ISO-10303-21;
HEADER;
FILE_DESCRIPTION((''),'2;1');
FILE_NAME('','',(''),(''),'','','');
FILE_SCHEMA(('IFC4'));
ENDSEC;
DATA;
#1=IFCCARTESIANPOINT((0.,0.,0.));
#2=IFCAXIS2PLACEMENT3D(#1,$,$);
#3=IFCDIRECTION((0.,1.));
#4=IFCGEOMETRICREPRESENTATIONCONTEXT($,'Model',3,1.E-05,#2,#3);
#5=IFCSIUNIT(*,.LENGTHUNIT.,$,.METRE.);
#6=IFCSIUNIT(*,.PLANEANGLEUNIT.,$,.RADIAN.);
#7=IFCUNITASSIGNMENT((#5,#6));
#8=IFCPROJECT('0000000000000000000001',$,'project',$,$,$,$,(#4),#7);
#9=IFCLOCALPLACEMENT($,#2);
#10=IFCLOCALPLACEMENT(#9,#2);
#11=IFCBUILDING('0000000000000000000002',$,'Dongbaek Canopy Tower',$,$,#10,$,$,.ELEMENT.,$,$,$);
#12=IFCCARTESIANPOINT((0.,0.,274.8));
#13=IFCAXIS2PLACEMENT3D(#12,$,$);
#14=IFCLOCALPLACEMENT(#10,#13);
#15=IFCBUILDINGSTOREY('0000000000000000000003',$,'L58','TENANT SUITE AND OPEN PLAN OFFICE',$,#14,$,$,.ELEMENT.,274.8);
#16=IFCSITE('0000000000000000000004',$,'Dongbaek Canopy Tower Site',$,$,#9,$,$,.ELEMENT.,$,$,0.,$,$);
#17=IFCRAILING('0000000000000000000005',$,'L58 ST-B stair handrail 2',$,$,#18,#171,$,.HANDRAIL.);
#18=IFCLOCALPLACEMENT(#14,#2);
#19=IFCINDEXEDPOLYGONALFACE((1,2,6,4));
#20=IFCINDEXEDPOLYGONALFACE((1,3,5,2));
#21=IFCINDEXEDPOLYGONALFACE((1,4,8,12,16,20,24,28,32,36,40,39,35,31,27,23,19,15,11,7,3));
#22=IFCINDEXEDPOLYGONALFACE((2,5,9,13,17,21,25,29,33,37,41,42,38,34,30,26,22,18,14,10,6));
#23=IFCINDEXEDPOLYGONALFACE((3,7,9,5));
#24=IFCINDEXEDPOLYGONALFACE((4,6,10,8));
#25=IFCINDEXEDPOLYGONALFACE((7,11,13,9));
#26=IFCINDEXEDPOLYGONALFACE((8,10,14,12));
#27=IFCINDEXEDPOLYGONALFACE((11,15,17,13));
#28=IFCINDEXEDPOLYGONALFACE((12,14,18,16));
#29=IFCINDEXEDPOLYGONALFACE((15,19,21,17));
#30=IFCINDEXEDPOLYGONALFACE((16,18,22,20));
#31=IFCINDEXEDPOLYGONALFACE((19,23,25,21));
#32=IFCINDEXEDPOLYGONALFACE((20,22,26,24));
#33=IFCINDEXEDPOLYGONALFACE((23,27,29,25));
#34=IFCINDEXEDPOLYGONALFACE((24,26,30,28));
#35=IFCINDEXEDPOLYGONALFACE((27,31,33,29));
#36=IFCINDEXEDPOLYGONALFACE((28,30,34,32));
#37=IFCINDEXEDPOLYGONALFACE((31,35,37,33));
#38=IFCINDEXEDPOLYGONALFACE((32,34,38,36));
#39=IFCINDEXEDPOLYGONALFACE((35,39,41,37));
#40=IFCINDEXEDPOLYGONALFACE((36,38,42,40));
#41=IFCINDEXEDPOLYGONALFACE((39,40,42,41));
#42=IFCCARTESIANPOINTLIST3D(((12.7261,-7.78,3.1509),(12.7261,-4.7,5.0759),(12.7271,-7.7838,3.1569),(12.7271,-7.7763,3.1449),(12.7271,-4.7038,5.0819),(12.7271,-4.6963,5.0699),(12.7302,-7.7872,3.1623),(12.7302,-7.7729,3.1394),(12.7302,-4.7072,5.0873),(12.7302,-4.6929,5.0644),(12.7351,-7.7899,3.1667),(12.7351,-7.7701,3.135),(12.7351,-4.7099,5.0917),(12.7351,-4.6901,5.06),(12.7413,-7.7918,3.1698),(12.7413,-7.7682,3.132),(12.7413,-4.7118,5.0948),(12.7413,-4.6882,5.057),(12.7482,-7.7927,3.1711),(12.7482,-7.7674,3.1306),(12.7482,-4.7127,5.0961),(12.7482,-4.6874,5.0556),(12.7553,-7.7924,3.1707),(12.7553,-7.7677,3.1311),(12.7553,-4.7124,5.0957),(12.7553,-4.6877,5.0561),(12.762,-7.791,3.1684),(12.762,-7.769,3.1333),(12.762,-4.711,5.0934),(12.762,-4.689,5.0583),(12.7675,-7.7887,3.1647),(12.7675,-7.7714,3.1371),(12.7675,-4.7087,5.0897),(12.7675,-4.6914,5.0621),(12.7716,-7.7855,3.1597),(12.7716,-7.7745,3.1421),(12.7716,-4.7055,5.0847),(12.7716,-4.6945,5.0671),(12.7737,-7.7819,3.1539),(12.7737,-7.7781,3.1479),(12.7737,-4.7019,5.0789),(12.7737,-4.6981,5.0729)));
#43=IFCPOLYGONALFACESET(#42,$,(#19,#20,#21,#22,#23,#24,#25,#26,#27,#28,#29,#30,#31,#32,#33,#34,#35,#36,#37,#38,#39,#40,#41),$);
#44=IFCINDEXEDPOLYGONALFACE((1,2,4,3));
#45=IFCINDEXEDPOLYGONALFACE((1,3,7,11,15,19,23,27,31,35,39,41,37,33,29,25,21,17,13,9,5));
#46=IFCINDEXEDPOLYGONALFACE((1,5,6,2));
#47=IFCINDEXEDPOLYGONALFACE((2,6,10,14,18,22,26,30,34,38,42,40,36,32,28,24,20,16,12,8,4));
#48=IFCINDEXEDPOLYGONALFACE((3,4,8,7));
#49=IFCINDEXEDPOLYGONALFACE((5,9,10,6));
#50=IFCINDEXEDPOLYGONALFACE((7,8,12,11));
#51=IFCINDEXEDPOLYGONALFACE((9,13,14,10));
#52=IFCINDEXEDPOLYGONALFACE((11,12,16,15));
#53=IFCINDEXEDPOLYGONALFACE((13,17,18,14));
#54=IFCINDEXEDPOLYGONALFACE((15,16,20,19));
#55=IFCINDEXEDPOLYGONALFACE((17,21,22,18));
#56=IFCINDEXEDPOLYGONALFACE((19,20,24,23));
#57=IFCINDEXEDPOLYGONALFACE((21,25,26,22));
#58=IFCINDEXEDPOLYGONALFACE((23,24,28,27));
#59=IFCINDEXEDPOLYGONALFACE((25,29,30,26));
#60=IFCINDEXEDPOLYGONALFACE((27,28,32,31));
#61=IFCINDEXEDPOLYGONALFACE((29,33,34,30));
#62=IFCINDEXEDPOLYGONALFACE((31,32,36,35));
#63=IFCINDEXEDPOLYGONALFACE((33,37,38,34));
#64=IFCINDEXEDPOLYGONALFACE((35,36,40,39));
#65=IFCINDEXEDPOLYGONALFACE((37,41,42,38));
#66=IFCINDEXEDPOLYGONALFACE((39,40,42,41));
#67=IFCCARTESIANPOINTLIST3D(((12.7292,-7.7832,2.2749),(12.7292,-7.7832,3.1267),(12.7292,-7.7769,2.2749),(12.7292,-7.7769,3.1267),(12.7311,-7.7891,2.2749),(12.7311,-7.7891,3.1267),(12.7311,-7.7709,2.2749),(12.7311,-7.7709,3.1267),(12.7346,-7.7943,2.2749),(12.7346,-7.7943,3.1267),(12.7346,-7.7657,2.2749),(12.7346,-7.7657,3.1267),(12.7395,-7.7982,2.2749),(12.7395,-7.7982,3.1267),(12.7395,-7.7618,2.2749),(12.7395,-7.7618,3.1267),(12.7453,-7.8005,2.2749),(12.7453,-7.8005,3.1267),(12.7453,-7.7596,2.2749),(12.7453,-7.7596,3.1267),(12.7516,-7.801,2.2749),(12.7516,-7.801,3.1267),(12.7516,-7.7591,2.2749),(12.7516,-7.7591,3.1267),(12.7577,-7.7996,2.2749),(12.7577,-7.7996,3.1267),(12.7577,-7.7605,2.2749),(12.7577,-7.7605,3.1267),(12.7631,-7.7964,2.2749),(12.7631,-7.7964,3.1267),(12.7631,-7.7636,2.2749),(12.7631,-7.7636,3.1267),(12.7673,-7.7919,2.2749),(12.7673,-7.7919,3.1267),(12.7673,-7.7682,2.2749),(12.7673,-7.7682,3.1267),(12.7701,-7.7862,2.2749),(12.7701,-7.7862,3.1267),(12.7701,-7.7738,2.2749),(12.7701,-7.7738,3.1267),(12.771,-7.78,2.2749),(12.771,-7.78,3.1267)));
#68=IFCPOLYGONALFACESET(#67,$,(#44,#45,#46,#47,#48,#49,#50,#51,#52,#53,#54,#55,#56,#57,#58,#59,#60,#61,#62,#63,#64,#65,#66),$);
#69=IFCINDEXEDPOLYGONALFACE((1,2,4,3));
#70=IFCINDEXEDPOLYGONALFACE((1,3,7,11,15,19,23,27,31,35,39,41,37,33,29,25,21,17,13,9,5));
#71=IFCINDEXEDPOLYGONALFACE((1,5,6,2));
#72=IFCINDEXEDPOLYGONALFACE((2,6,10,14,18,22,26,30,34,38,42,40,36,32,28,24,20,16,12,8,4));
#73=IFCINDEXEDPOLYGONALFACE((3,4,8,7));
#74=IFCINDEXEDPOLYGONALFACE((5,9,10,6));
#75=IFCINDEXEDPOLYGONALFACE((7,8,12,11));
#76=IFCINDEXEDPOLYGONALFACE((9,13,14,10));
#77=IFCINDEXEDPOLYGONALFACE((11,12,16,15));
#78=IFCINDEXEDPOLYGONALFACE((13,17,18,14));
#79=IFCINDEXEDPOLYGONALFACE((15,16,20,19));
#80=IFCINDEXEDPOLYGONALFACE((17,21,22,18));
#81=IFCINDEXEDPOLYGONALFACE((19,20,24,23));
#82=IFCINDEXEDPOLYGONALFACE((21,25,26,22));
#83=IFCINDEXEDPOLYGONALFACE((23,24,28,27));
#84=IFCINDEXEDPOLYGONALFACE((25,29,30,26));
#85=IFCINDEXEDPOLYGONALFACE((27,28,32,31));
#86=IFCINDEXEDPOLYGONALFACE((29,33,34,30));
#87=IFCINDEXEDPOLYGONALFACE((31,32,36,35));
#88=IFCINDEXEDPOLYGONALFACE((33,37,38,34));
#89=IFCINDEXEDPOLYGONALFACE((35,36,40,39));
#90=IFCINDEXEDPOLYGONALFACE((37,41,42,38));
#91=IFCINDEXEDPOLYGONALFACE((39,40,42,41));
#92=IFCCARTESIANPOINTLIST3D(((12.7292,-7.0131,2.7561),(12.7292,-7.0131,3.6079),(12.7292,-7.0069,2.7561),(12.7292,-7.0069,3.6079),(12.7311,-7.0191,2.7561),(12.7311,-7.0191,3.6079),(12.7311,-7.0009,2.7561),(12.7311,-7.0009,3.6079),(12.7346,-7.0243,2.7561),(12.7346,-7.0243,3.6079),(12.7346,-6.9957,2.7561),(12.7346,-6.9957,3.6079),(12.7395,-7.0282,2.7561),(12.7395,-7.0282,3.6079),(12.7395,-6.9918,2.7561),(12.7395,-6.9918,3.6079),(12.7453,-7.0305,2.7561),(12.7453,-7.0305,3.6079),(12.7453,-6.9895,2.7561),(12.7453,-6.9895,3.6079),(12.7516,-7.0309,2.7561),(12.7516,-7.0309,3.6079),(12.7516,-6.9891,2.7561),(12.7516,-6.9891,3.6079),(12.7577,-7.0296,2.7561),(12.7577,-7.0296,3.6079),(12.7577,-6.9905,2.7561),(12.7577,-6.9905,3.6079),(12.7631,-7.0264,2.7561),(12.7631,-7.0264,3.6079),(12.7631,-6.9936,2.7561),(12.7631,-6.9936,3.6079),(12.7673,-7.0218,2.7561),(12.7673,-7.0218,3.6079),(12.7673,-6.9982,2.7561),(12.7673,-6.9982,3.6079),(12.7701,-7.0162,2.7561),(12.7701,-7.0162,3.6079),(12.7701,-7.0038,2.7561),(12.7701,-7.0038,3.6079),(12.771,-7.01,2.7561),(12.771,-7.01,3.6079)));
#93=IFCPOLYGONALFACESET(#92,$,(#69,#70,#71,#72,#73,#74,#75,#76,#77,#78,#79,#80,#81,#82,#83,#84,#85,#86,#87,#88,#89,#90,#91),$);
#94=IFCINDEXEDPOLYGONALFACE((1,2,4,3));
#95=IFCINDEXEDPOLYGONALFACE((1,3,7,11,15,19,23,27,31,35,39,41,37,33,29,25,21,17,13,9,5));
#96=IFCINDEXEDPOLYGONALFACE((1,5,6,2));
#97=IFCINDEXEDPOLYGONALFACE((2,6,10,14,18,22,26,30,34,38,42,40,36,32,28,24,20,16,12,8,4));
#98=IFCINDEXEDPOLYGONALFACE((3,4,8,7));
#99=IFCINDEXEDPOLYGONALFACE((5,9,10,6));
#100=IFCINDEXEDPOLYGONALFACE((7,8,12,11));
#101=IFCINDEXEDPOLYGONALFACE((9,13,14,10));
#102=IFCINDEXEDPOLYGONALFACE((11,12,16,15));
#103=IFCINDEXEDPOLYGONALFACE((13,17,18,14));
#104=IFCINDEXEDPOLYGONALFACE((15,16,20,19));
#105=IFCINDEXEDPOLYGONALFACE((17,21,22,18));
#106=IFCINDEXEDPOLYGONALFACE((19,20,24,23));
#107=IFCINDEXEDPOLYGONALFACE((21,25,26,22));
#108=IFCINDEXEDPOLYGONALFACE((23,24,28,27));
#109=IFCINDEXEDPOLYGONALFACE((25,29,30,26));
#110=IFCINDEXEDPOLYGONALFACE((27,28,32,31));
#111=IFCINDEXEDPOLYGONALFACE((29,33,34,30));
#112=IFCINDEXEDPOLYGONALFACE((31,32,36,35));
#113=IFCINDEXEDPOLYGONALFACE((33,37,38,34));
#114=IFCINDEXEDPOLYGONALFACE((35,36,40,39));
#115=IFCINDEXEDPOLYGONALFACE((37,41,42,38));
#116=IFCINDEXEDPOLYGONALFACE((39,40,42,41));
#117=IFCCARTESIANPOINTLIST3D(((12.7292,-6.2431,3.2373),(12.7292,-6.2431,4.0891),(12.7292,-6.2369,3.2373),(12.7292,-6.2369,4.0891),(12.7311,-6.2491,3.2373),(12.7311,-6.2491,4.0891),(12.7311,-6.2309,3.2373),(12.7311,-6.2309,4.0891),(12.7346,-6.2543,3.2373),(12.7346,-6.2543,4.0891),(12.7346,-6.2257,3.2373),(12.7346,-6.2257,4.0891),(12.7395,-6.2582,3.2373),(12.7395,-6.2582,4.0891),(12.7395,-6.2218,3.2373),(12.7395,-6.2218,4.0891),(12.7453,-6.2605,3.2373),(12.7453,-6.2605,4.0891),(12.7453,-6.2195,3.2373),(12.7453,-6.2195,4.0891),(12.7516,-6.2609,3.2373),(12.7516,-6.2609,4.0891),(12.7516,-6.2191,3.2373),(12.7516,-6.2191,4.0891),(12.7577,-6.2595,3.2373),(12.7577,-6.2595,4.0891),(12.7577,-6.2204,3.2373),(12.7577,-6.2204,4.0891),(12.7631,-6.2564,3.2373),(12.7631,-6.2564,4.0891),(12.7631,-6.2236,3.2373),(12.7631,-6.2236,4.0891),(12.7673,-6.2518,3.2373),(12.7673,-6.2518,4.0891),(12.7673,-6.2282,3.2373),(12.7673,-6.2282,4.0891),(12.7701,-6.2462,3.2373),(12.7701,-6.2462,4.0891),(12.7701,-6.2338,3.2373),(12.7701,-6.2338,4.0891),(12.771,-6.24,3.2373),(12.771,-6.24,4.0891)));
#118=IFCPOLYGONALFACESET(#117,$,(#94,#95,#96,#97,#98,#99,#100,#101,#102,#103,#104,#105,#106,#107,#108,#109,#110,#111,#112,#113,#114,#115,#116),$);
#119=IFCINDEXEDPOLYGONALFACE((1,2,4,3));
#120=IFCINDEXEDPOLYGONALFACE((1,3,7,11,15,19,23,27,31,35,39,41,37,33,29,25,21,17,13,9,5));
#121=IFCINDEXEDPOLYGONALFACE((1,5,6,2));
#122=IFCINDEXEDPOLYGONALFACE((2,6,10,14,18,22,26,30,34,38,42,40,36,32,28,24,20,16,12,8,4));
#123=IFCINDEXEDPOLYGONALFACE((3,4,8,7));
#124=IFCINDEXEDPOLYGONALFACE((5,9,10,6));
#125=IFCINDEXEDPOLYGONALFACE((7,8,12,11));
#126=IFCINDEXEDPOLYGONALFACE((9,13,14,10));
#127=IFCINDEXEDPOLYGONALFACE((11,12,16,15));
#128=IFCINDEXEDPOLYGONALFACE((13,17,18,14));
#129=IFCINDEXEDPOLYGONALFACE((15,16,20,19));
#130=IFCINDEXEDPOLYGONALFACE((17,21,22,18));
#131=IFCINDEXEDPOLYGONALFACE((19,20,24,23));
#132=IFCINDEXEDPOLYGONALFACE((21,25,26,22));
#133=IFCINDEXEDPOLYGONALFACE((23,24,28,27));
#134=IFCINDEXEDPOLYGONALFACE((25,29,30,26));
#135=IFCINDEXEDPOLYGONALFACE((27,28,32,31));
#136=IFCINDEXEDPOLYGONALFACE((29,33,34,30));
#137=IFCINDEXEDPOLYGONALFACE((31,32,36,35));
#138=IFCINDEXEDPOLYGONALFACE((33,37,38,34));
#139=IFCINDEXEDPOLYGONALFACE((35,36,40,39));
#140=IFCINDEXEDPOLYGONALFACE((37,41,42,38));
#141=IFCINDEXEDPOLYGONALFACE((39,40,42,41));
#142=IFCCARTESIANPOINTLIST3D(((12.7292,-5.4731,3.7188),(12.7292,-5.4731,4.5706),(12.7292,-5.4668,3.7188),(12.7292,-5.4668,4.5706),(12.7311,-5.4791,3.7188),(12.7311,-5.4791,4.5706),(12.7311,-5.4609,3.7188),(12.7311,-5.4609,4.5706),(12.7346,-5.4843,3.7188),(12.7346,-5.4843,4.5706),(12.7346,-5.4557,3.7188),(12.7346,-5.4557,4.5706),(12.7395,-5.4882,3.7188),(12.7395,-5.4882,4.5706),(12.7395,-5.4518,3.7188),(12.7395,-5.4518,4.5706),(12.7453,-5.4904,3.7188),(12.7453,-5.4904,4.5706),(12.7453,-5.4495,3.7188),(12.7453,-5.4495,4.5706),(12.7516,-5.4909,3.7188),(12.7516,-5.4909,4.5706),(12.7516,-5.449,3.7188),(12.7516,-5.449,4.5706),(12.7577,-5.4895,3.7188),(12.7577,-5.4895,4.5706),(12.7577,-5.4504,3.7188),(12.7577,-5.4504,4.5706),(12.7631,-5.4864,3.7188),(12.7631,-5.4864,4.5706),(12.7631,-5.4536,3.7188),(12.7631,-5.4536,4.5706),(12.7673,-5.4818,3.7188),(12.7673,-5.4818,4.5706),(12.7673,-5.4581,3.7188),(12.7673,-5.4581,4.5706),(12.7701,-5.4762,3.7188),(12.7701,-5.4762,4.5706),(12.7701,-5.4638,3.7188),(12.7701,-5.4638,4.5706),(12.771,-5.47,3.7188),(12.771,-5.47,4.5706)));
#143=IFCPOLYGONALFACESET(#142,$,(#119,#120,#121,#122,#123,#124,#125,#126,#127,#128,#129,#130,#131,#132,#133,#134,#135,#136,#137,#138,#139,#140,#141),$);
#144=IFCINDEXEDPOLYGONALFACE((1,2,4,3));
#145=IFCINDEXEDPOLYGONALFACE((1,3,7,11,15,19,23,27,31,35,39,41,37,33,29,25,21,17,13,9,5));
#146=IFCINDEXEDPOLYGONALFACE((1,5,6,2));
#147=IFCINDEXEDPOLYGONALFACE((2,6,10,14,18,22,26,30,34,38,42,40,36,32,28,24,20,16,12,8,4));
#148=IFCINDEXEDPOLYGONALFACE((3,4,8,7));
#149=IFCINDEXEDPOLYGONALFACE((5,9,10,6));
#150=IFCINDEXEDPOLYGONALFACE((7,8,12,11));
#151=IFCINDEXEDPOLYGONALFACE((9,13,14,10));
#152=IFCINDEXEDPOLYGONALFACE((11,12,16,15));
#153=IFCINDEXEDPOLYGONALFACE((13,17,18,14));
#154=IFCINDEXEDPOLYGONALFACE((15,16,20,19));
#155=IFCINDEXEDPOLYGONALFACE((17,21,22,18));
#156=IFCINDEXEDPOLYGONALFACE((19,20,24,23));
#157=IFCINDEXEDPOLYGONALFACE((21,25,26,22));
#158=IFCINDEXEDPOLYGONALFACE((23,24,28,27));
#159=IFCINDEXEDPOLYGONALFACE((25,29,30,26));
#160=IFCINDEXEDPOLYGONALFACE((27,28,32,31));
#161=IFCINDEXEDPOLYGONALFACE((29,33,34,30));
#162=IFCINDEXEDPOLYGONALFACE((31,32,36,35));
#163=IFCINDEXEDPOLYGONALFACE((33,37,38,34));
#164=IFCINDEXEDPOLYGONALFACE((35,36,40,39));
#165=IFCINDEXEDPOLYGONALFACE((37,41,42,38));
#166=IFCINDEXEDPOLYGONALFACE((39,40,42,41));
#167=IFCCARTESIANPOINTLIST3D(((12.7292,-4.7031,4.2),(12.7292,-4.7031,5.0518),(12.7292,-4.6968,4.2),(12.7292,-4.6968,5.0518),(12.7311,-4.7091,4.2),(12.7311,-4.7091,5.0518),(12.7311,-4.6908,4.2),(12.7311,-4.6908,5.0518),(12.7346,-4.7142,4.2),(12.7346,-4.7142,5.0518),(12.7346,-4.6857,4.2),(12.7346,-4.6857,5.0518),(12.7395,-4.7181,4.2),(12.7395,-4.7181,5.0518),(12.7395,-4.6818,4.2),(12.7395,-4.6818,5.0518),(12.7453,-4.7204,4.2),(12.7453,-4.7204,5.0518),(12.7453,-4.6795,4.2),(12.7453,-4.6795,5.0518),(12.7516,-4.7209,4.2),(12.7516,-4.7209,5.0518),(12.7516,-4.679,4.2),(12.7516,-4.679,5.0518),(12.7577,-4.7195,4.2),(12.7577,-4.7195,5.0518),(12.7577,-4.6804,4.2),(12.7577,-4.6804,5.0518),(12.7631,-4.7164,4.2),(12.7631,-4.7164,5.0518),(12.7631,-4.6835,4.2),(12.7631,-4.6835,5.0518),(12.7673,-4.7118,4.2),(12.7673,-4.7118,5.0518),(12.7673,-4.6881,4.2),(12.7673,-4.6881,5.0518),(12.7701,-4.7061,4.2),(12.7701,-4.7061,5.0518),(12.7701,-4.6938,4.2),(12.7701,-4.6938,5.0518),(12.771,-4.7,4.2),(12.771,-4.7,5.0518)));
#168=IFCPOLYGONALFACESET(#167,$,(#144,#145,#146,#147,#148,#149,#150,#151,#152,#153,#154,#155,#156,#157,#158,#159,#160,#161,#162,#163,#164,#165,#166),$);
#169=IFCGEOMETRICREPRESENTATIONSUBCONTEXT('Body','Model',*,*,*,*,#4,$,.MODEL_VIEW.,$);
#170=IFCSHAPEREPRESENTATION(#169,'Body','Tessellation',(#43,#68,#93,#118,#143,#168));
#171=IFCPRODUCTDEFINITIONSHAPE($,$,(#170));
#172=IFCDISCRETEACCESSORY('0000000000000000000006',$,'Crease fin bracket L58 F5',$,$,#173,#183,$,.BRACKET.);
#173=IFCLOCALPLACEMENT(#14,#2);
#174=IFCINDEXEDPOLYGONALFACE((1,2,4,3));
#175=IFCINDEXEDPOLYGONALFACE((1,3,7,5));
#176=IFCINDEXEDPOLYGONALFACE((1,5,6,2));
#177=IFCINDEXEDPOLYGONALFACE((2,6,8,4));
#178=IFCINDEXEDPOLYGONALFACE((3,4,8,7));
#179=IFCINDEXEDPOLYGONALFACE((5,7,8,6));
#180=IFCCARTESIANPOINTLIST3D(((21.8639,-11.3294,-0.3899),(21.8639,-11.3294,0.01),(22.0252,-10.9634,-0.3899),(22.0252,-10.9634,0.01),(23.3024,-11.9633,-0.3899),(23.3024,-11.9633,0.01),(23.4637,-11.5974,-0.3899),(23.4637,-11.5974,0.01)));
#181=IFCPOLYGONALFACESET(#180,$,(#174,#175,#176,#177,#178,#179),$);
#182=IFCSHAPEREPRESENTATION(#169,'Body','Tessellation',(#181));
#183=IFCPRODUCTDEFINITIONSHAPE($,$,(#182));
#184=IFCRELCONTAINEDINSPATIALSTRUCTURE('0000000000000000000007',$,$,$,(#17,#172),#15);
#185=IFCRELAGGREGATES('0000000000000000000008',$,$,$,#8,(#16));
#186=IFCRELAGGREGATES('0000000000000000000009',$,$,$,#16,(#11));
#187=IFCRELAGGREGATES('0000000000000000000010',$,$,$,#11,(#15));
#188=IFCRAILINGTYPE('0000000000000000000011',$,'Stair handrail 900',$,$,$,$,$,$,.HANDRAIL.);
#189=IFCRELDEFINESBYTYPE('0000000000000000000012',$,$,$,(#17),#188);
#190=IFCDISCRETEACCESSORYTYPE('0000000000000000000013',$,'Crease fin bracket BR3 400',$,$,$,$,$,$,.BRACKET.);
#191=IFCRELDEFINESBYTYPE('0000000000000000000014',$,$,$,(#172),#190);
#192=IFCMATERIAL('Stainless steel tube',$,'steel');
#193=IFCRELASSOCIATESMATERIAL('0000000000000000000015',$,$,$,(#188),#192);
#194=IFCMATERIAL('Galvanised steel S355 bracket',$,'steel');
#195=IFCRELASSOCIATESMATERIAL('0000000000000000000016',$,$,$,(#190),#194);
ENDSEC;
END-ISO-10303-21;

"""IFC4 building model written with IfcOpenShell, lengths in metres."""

from ifc_helpers import new_model, si_unit, direction, frame, origin, origin_2d, place, context, subcontext, project, spatial, rectangle, circle, extrude, material, type_object, element, save


model = new_model("IFC4")

# Units and contexts
model_context = context("Model", 3, precision=1e-05, world=origin(), true_north=direction((0.0, 1.0)))
body_context = subcontext(model_context, "Body", "Model", "MODEL_VIEW")
ifc_project = project(units=[si_unit("LENGTHUNIT", "METRE"), si_unit("PLANEANGLEUNIT", "RADIAN")], contexts=[model_context])

# Site, building, storey
site_placement = place(None, origin())
site = spatial("IfcSite", under=ifc_project, at=site_placement, Name="Dongbaek Canopy Tower Site", CompositionType="ELEMENT", RefElevation=0.0)
building_placement = place(site_placement, origin())
building = spatial("IfcBuilding", under=site, at=building_placement, Name="Dongbaek Canopy Tower", CompositionType="ELEMENT")
storey_placement = place(building_placement, frame((0.0, 0.0, 274.8)))
storey = spatial("IfcBuildingStorey", under=building, at=storey_placement, Name="L58", Description="TENANT SUITE AND OPEN PLAN OFFICE", CompositionType="ELEMENT", Elevation=274.8)

# Railing
ifc_material_1 = material(Name="Stainless steel tube", Category="steel")
railing_type_1 = type_object("IfcRailingType", Name="Stair handrail 900", PredefinedType="HANDRAIL", material=ifc_material_1)
railing_1_placement = place(storey_placement, frame((12.75, -7.78, 2.2749)))
element("IfcRailing", 1, at=railing_1_placement, inside=storey, type_object=railing_type_1, Name="L58 ST-B stair handrail 2", PredefinedType="HANDRAIL", context=body_context, shape_type="SweptSolid", body=[
    extrude(circle(Radius=0.0239, at=origin_2d()), frame((0.0, 0.0, 0.876), z_axis=(0.0, 0.847998, 0.529999), x_axis=(-1.0, 0.0, 0.0)), (0.0, 0.0, 1.0), 3.6321),
    extrude(circle(Radius=0.021, at=origin_2d()), origin(), (0.0, 0.0, 1.0), 0.8518),
    extrude(circle(Radius=0.021, at=origin_2d()), frame((0.0, 0.77, 0.4812)), (0.0, 0.0, 1.0), 0.8518),
    extrude(circle(Radius=0.021, at=origin_2d()), frame((0.0, 1.54, 0.9624)), (0.0, 0.0, 1.0), 0.8518),
    extrude(circle(Radius=0.021, at=origin_2d()), frame((0.0, 2.3101, 1.4438)), (0.0, 0.0, 1.0), 0.8518),
    extrude(circle(Radius=0.021, at=origin_2d()), frame((0.0, 3.0801, 1.925)), (0.0, 0.0, 1.0), 0.8518),
])

# Discrete accessory
ifc_material_2 = material(Name="Galvanised steel S355 bracket", Category="steel")
discrete_accessory_type = type_object("IfcDiscreteAccessoryType", Name="Crease fin bracket BR3 400", PredefinedType="BRACKET", material=ifc_material_2)
discrete_accessory_placement = place(storey_placement, frame((22.6638, -11.4634, -0.3899), z_axis=(0.0, 0.0, 1.0), x_axis=(0.915073, -0.403288, 0.0)))
element("IfcDiscreteAccessory", 2, at=discrete_accessory_placement, inside=storey, type_object=discrete_accessory_type, Name="Crease fin bracket L58 F5", PredefinedType="BRACKET", context=body_context, shape_type="SweptSolid", body=[
    extrude(rectangle(XDim=1.572, YDim=0.3999, at=origin_2d()), origin(), (0.0, 0.0, 1.0), 0.3999),
])

save(model, "model.ifc")
